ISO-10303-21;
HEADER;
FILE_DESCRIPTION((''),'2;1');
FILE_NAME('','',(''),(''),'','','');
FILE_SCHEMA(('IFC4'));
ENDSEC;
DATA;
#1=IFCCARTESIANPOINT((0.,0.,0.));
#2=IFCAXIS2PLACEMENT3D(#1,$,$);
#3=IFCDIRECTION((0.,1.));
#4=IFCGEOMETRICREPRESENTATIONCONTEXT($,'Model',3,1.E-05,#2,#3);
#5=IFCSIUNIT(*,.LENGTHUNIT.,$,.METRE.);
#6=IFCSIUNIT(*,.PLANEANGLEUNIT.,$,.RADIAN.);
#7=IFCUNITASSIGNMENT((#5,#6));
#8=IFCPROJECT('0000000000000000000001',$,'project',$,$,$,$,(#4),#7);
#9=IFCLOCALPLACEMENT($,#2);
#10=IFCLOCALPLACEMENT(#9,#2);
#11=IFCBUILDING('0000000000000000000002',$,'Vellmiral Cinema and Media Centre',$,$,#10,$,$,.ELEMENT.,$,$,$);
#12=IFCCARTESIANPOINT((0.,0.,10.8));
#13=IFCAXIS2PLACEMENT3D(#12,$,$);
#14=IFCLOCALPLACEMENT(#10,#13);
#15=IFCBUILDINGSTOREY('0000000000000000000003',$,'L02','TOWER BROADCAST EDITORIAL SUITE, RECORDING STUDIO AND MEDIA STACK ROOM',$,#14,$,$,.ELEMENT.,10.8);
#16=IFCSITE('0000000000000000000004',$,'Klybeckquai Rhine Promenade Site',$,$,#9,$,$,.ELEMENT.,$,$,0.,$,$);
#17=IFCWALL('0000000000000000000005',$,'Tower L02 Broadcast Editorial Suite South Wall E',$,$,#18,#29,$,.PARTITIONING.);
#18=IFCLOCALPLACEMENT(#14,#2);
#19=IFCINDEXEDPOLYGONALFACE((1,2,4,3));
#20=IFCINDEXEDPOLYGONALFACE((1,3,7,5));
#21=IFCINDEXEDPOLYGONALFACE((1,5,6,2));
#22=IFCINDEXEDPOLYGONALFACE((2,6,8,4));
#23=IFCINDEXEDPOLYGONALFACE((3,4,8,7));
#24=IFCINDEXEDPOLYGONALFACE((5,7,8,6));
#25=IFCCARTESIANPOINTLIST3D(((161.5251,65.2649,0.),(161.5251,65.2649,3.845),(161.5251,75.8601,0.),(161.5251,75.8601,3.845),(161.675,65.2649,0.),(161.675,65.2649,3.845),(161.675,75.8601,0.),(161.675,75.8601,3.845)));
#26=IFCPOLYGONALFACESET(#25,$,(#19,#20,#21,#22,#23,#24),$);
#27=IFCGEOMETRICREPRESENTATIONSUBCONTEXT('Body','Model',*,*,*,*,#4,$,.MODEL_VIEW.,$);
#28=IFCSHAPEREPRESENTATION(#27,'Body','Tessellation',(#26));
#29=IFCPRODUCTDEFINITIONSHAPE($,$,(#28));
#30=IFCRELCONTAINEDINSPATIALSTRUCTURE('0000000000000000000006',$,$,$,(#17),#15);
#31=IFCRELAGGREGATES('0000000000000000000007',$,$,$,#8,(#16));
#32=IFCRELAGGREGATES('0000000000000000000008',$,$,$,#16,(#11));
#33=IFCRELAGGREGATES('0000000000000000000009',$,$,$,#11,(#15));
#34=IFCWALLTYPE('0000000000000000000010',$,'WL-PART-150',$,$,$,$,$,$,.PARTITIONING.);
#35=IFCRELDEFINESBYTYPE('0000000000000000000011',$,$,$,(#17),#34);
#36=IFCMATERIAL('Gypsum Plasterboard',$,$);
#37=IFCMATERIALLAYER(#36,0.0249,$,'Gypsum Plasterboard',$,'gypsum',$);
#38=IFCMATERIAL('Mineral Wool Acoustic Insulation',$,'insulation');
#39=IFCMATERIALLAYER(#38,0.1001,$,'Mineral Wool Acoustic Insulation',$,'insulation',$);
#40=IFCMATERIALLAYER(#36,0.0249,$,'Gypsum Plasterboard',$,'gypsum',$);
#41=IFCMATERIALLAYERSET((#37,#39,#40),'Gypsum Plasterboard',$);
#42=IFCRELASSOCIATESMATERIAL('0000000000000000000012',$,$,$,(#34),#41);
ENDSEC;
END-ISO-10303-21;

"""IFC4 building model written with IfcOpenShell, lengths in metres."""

from ifc_helpers import new_model, si_unit, direction, frame, frame_2d, origin, place, context, subcontext, project, spatial, rectangle, extrude, material, layer, layer_set, type_object, element, save


model = new_model("IFC4")

# Units and contexts
model_context = context("Model", 3, precision=1e-05, world=origin(), true_north=direction((0.0, 1.0)))
body_context = subcontext(model_context, "Body", "Model", "MODEL_VIEW")
ifc_project = project(units=[si_unit("LENGTHUNIT", "METRE"), si_unit("PLANEANGLEUNIT", "RADIAN")], contexts=[model_context])

# Site, building, storey
site_placement = place(None, origin())
site = spatial("IfcSite", under=ifc_project, at=site_placement, Name="Klybeckquai Rhine Promenade Site", CompositionType="ELEMENT", RefElevation=0.0)
building_placement = place(site_placement, origin())
building = spatial("IfcBuilding", under=site, at=building_placement, Name="Vellmiral Cinema and Media Centre", CompositionType="ELEMENT")
storey_placement = place(building_placement, frame((0.0, 0.0, 10.8)))
storey = spatial("IfcBuildingStorey", under=building, at=storey_placement, Name="L02", Description="TOWER BROADCAST EDITORIAL SUITE, RECORDING STUDIO AND MEDIA STACK ROOM", CompositionType="ELEMENT", Elevation=10.8)

# Wall
ifc_material_1 = material(Name="Gypsum Plasterboard")
ifc_layer_1 = layer(ifc_material_1, 0.0249, Name="Gypsum Plasterboard", Category="gypsum")
ifc_material_2 = material(Name="Mineral Wool Acoustic Insulation", Category="insulation")
ifc_layer_2 = layer(ifc_material_2, 0.1001, Name="Mineral Wool Acoustic Insulation", Category="insulation")
ifc_layer_3 = layer(ifc_material_1, 0.0249, Name="Gypsum Plasterboard", Category="gypsum")
ifc_layer_set_1 = layer_set([ifc_layer_1, ifc_layer_2, ifc_layer_3], Name="Gypsum Plasterboard")
wall_type_1 = type_object("IfcWallType", Name="WL-PART-150", PredefinedType="PARTITIONING", material=ifc_layer_set_1)
wall_1_placement = place(storey_placement, frame((161.6001, 65.2649, 0.0), z_axis=(0.0, 0.0, 1.0), x_axis=(0.0, 1.0, 0.0)))
element("IfcWall", 1, at=wall_1_placement, inside=storey, type_object=wall_type_1, Name="Tower L02 Broadcast Editorial Suite South Wall E", PredefinedType="PARTITIONING", context=body_context, shape_type="SweptSolid", body=[
    extrude(rectangle(XDim=10.5952, YDim=0.1499, at=frame_2d((5.2976, 0.0))), origin(), (0.0, 0.0, 1.0), 3.845),
])

save(model, "model.ifc")
